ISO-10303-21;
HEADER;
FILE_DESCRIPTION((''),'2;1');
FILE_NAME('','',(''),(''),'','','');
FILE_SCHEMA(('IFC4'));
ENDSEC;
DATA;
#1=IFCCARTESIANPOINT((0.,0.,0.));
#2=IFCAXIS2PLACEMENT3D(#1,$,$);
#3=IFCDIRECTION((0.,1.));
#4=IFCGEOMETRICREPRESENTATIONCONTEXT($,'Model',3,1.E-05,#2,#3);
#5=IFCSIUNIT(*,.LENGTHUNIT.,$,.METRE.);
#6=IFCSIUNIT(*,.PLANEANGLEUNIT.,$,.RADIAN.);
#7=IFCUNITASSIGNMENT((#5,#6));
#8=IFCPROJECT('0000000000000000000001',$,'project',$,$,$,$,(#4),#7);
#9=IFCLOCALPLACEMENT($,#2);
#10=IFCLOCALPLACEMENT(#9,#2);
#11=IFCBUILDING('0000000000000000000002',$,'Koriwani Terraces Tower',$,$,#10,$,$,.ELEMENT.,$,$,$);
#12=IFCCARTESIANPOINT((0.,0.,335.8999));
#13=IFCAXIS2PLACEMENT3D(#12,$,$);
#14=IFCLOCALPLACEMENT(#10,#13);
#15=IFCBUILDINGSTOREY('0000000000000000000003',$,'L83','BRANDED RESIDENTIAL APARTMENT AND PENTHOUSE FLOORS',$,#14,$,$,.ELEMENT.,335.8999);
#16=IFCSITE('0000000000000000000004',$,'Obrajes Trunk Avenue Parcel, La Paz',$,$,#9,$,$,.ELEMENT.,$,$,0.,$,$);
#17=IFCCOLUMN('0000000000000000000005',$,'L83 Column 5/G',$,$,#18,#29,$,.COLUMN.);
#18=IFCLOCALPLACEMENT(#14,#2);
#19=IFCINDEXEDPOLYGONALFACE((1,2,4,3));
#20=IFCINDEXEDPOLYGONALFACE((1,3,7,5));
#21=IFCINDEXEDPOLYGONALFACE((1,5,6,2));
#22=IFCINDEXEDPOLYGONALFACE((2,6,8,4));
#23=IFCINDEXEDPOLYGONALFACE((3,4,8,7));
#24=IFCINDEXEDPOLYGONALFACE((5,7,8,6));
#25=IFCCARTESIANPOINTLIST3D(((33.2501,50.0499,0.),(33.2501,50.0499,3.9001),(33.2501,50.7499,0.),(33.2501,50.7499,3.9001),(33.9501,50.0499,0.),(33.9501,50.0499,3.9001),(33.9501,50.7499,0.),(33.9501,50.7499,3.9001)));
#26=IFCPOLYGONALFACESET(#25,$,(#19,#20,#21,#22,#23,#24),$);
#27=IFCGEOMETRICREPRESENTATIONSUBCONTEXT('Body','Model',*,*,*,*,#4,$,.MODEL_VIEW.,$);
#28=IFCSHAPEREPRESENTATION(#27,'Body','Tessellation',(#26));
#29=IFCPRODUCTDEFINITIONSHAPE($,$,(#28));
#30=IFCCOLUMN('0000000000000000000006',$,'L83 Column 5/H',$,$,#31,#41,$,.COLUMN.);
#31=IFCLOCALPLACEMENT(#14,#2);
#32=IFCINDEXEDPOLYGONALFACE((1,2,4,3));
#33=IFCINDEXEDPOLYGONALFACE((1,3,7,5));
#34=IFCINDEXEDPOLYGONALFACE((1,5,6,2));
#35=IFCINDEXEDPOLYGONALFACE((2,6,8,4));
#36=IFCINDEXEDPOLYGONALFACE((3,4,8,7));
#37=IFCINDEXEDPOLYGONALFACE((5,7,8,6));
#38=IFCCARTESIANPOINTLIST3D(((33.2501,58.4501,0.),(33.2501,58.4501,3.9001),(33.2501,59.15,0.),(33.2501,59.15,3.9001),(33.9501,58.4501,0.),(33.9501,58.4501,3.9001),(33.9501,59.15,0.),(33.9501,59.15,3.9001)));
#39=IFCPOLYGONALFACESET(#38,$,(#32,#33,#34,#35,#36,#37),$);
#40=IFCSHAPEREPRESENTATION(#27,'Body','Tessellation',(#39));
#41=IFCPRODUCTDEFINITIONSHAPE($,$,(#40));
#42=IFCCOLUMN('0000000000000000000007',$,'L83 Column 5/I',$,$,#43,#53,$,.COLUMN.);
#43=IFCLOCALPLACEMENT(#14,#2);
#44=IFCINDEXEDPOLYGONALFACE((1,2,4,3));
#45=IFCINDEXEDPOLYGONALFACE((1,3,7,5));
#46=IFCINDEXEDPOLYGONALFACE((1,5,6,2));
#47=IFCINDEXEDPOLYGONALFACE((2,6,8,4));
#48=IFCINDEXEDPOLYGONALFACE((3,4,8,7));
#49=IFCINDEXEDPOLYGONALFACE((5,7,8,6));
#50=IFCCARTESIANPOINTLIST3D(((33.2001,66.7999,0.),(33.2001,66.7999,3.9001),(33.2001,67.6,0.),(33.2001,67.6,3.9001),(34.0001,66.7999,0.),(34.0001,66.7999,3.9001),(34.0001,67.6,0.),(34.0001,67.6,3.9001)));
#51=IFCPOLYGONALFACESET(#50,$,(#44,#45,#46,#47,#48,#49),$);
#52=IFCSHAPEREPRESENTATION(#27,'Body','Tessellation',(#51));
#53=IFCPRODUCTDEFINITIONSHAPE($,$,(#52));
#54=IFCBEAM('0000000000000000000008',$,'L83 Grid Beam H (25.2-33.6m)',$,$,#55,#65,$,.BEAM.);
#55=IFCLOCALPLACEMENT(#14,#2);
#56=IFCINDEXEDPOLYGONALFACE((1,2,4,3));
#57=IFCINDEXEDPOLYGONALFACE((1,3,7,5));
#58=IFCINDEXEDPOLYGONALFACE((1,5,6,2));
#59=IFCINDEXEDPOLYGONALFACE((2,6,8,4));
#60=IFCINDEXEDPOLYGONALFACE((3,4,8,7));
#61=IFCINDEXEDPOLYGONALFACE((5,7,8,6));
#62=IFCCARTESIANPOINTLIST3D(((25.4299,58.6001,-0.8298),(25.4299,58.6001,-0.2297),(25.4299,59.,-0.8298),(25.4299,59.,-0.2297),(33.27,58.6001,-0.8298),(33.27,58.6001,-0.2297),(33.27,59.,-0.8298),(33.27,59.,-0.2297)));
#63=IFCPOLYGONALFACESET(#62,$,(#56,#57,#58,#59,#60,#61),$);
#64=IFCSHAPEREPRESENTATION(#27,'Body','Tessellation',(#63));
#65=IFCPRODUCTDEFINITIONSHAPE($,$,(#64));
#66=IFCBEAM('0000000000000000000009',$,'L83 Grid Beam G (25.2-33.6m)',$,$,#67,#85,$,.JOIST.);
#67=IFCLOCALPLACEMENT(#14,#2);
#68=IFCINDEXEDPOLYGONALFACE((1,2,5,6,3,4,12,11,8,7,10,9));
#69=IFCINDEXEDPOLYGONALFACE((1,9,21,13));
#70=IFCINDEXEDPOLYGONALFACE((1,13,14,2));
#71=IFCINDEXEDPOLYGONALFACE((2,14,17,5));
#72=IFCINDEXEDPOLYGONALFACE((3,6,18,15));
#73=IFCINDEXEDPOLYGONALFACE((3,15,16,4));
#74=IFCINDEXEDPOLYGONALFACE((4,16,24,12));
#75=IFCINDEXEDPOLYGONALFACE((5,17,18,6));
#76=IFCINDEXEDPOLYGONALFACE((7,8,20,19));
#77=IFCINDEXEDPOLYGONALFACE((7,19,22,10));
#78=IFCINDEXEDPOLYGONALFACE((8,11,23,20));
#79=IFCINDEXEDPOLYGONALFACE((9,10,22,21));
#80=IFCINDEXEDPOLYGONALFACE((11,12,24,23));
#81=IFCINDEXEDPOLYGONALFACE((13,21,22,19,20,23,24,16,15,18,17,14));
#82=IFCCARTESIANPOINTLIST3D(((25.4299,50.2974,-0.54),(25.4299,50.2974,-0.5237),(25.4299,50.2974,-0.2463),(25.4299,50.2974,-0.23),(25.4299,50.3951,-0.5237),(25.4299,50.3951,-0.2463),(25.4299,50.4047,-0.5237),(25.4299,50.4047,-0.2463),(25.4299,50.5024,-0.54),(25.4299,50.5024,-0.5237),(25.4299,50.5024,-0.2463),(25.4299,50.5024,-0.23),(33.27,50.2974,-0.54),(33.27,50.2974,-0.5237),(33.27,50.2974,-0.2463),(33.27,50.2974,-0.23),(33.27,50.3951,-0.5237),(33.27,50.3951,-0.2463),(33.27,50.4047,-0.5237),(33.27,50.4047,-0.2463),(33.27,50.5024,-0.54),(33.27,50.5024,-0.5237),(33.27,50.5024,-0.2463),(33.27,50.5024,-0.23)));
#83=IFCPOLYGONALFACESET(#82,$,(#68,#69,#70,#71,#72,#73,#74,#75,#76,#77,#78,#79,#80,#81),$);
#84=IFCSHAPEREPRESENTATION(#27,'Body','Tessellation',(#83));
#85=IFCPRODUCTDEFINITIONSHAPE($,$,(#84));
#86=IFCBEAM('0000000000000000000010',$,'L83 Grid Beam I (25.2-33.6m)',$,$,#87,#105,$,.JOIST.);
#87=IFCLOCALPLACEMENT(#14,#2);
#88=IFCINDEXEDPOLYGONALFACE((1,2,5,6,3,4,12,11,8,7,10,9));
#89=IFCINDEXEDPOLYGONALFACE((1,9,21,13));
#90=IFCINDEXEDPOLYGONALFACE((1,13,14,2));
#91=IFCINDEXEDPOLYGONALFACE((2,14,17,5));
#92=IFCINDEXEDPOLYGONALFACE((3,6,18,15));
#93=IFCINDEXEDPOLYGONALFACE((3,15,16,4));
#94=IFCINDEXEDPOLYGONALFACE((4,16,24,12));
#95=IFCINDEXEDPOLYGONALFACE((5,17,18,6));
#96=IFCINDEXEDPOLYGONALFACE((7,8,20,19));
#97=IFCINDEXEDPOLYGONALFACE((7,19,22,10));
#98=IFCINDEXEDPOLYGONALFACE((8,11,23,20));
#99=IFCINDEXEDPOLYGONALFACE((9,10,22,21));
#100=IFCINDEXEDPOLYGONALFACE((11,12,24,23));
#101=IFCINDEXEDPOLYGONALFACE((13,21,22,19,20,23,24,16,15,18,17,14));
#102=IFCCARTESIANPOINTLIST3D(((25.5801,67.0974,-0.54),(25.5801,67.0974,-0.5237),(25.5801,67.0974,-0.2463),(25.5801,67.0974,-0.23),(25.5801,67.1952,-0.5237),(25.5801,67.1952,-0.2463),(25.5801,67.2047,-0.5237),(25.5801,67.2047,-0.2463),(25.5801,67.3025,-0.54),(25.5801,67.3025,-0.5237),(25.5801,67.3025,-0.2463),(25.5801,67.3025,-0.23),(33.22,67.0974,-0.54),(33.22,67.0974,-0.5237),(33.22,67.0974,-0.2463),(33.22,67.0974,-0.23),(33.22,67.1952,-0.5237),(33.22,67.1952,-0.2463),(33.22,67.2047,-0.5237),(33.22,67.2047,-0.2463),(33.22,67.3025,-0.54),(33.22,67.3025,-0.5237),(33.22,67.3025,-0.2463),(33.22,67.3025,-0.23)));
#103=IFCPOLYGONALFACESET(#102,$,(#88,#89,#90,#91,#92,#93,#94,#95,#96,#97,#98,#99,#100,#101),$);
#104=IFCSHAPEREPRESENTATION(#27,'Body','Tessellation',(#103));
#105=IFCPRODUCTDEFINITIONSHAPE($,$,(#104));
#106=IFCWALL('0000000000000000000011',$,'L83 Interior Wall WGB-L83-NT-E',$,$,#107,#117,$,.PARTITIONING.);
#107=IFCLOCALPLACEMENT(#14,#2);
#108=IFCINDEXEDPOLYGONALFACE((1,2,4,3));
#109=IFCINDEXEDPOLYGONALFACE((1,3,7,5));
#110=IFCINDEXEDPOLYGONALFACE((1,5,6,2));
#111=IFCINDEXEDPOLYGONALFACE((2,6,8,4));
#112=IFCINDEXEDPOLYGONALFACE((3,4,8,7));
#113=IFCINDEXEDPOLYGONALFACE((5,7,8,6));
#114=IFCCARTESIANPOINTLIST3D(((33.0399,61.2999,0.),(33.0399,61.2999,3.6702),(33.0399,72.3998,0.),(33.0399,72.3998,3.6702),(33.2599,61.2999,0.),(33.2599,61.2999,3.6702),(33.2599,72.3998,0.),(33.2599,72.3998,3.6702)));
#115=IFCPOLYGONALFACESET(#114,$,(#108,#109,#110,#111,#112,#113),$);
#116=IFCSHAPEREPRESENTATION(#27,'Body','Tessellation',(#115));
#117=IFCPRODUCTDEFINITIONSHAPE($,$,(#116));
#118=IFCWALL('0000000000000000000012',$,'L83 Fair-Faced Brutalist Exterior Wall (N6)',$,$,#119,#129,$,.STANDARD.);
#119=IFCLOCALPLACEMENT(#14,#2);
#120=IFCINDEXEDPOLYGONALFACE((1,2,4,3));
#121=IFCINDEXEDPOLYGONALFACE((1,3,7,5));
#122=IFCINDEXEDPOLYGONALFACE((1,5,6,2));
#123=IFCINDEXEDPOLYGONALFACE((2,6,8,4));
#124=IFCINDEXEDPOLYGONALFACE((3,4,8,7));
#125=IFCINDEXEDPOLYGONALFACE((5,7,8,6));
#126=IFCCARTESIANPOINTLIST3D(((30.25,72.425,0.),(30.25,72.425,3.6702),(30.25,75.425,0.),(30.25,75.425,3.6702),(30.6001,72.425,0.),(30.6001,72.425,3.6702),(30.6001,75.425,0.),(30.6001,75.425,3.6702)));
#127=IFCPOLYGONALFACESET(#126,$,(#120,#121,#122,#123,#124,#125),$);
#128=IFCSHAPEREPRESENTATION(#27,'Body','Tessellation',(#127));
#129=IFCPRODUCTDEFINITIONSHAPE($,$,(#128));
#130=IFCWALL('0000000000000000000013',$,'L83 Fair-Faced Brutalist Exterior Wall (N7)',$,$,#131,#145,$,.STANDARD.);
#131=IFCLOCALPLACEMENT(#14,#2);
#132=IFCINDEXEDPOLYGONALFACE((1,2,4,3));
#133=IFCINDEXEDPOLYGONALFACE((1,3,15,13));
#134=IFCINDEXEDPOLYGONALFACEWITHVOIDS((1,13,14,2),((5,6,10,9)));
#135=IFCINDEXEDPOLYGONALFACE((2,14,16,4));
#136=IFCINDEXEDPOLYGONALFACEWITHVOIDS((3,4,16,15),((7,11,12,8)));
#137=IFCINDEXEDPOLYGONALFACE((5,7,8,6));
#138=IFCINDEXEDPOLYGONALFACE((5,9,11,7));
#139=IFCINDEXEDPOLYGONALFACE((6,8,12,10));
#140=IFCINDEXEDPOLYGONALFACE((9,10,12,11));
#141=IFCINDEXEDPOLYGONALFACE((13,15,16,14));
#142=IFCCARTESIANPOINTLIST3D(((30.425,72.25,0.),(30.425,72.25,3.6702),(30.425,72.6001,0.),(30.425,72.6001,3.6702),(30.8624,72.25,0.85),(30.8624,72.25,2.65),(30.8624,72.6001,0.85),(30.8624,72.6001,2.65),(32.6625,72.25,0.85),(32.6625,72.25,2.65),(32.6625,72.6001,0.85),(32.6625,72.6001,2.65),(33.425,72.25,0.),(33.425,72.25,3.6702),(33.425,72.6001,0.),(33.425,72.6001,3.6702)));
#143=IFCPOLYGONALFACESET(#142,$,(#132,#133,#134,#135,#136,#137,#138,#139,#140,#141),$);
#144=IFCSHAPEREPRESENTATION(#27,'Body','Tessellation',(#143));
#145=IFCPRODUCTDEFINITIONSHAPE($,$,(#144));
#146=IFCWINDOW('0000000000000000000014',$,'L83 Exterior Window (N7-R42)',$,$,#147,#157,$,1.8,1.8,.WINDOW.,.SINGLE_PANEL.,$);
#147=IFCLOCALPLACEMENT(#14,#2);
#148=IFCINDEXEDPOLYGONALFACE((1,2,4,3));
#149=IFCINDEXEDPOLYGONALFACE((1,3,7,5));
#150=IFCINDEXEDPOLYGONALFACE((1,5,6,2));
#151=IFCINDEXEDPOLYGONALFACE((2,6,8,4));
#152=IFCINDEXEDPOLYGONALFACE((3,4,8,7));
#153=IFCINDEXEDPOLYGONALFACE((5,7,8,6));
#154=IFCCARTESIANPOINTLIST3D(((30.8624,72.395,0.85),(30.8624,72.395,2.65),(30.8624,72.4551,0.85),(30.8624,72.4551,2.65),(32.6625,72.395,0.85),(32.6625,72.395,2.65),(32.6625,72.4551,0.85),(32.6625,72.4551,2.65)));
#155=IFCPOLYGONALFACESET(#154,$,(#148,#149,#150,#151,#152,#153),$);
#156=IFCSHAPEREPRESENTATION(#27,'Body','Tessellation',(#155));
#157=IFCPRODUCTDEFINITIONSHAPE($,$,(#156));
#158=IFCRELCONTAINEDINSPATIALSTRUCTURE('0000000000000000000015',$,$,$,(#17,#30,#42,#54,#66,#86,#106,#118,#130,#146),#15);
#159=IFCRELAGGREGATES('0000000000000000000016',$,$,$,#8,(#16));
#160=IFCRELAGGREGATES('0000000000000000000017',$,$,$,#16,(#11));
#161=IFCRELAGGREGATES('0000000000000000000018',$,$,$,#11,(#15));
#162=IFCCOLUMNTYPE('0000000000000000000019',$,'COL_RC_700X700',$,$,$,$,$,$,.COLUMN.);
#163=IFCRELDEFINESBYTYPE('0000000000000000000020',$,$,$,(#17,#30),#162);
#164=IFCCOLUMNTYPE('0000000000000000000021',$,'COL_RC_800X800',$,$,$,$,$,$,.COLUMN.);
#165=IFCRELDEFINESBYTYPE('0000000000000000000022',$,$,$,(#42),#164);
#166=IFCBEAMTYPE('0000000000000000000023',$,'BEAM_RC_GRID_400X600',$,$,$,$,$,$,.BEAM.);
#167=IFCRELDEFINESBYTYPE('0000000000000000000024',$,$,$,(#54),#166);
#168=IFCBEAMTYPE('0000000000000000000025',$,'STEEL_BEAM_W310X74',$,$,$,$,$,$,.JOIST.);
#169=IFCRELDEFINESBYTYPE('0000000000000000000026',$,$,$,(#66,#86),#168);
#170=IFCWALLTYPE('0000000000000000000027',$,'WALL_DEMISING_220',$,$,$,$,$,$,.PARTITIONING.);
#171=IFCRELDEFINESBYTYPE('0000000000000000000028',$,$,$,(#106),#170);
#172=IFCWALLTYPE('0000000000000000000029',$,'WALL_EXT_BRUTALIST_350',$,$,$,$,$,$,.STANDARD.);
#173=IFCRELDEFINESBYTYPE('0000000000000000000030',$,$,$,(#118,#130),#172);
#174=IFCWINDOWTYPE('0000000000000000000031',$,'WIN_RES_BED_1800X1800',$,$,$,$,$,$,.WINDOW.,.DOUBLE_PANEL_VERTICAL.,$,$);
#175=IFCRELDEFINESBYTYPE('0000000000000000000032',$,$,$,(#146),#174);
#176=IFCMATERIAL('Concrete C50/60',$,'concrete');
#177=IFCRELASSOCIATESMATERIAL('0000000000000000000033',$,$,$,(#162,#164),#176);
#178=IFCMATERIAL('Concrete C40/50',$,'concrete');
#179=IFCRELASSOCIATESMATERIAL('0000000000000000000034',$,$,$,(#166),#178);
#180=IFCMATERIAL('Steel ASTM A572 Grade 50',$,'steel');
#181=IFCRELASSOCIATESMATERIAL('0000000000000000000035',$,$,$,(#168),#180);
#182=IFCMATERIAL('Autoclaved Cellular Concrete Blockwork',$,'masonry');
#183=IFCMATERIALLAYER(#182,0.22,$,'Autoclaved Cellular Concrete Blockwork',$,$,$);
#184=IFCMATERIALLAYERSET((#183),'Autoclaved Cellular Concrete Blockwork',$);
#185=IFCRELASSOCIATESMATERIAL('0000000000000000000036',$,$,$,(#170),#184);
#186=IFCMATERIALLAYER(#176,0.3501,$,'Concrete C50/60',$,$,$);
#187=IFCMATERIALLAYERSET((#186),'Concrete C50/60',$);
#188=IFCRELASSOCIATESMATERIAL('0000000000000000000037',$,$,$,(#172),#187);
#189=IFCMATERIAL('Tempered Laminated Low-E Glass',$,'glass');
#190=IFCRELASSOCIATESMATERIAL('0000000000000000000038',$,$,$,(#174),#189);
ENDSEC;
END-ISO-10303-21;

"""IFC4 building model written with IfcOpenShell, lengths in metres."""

from ifc_helpers import new_model, si_unit, direction, frame, frame_2d, origin, origin_2d, place, context, subcontext, project, spatial, rectangle, i_section, extrude, material, layer, layer_set, material_profile, profile_set, type_object, element, fill, save


model = new_model("IFC4")

# Units and contexts
model_context = context("Model", 3, precision=1e-05, world=origin(), true_north=direction((0.0, 1.0)))
body_context = subcontext(model_context, "Body", "Model", "MODEL_VIEW")
ifc_project = project(units=[si_unit("LENGTHUNIT", "METRE"), si_unit("PLANEANGLEUNIT", "RADIAN")], contexts=[model_context])

# Site, building, storey
site_placement = place(None, origin())
site = spatial("IfcSite", under=ifc_project, at=site_placement, Name="Obrajes Trunk Avenue Parcel, La Paz", CompositionType="ELEMENT", RefElevation=0.0)
building_placement = place(site_placement, origin())
building = spatial("IfcBuilding", under=site, at=building_placement, Name="Koriwani Terraces Tower", CompositionType="ELEMENT")
storey_placement = place(building_placement, frame((0.0, 0.0, 335.8999)))
storey = spatial("IfcBuildingStorey", under=building, at=storey_placement, Name="L83", Description="BRANDED RESIDENTIAL APARTMENT AND PENTHOUSE FLOORS", CompositionType="ELEMENT", Elevation=335.8999)

# Columns
ifc_material_1 = material(Name="Concrete C50/60", Category="concrete")
ifc_material_profile_1 = material_profile(ifc_material_1, rectangle(XDim=0.7, YDim=0.7, at=origin_2d()), Name="Concrete C50/60", Category="LoadBearing")
ifc_profile_set_1 = profile_set([ifc_material_profile_1], Name="Concrete C50/60")
column_type_1 = type_object("IfcColumnType", Name="COL_RC_700X700", PredefinedType="COLUMN", material=ifc_profile_set_1)
for number, where, z_axis, x_axis, name in (
    (1, (33.6001, 50.3999, 0.0), (0.0, 0.0, 1.0), (1.0, 0.0, 0.0), "L83 Column 5/G"),
    (2, (33.6001, 58.8, 0.0), (0.0, 0.0, 1.0), (1.0, 0.0, 0.0), "L83 Column 5/H"),
):
    element("IfcColumn", number, at=place(storey_placement, frame(where, z_axis=z_axis, x_axis=x_axis)), inside=storey, type_object=column_type_1, Name=name, PredefinedType="COLUMN", context=body_context, shape_type="SweptSolid", body=[
        extrude(rectangle(XDim=0.7, YDim=0.7, at=origin_2d()), origin(), (0.0, 0.0, 1.0), 3.9001),
    ])
ifc_material_profile_2 = material_profile(ifc_material_1, rectangle(XDim=0.8, YDim=0.8, at=origin_2d()), Name="Concrete C50/60", Category="LoadBearing")
ifc_profile_set_2 = profile_set([ifc_material_profile_2], Name="Concrete C50/60")
column_type_2 = type_object("IfcColumnType", Name="COL_RC_800X800", PredefinedType="COLUMN", material=ifc_profile_set_2)
column_placement = place(storey_placement, frame((33.6001, 67.2, 0.0), z_axis=(0.0, 0.0, 1.0), x_axis=(1.0, 0.0, 0.0)))
element("IfcColumn", 3, at=column_placement, inside=storey, type_object=column_type_2, Name="L83 Column 5/I", PredefinedType="COLUMN", context=body_context, shape_type="SweptSolid", body=[
    extrude(rectangle(XDim=0.8, YDim=0.8, at=origin_2d()), origin(), (0.0, 0.0, 1.0), 3.9001),
])

# Beams
ifc_material_2 = material(Name="Concrete C40/50", Category="concrete")
ifc_material_profile_3 = material_profile(ifc_material_2, rectangle(XDim=0.3999, YDim=0.6001, at=origin_2d()), Name="Concrete C40/50", Category="LoadBearing")
ifc_profile_set_3 = profile_set([ifc_material_profile_3], Name="Concrete C40/50")
beam_type_1 = type_object("IfcBeamType", Name="BEAM_RC_GRID_400X600", PredefinedType="BEAM", material=ifc_profile_set_3)
beam_1_placement = place(storey_placement, frame((25.4299, 58.8, -0.5298), z_axis=(1.0, 0.0, 0.0), x_axis=(0.0, 1.0, 0.0)))
element("IfcBeam", 4, at=beam_1_placement, inside=storey, type_object=beam_type_1, Name="L83 Grid Beam H (25.2-33.6m)", PredefinedType="BEAM", context=body_context, shape_type="SweptSolid", body=[
    extrude(rectangle(XDim=0.3999, YDim=0.6001, at=origin_2d()), origin(), (0.0, 0.0, 1.0), 7.8401),
])
ifc_material_3 = material(Name="Steel ASTM A572 Grade 50", Category="steel")
ifc_material_profile_4 = material_profile(ifc_material_3, i_section(OverallWidth=0.2051, OverallDepth=0.3101, WebThickness=0.0095, FlangeThickness=0.0164, at=origin_2d()), Name="Steel ASTM A572 Grade 50", Category="LoadBearing")
ifc_profile_set_4 = profile_set([ifc_material_profile_4], Name="Steel ASTM A572 Grade 50")
beam_type_2 = type_object("IfcBeamType", Name="STEEL_BEAM_W310X74", PredefinedType="JOIST", material=ifc_profile_set_4)
beam_2_placement = place(storey_placement, frame((25.4299, 50.3999, -0.385), z_axis=(1.0, 0.0, 0.0), x_axis=(0.0, 1.0, 0.0)))
element("IfcBeam", 5, at=beam_2_placement, inside=storey, type_object=beam_type_2, Name="L83 Grid Beam G (25.2-33.6m)", PredefinedType="JOIST", context=body_context, shape_type="SweptSolid", body=[
    extrude(i_section(OverallWidth=0.2051, OverallDepth=0.3101, WebThickness=0.0095, FlangeThickness=0.0164, at=origin_2d()), origin(), (0.0, 0.0, 1.0), 7.8401),
])
beam_3_placement = place(storey_placement, frame((25.5801, 67.2, -0.385), z_axis=(1.0, 0.0, 0.0), x_axis=(0.0, 1.0, 0.0)))
element("IfcBeam", 6, at=beam_3_placement, inside=storey, type_object=beam_type_2, Name="L83 Grid Beam I (25.2-33.6m)", PredefinedType="JOIST", context=body_context, shape_type="SweptSolid", body=[
    extrude(i_section(OverallWidth=0.2051, OverallDepth=0.3101, WebThickness=0.0095, FlangeThickness=0.0164, at=origin_2d()), origin(), (0.0, 0.0, 1.0), 7.6399),
])

# Walls
ifc_material_4 = material(Name="Autoclaved Cellular Concrete Blockwork", Category="masonry")
ifc_layer_1 = layer(ifc_material_4, 0.22, Name="Autoclaved Cellular Concrete Blockwork")
ifc_layer_set_1 = layer_set([ifc_layer_1], Name="Autoclaved Cellular Concrete Blockwork")
wall_type_1 = type_object("IfcWallType", Name="WALL_DEMISING_220", PredefinedType="PARTITIONING", material=ifc_layer_set_1)
wall_1_placement = place(storey_placement, frame((33.1499, 61.3, 0.0), z_axis=(0.0, 0.0, 1.0), x_axis=(0.0, 1.0, 0.0)))
element("IfcWall", 7, at=wall_1_placement, inside=storey, type_object=wall_type_1, Name="L83 Interior Wall WGB-L83-NT-E", PredefinedType="PARTITIONING", context=body_context, shape_type="SweptSolid", body=[
    extrude(rectangle(XDim=11.0999, YDim=0.22, at=frame_2d((5.5498, 0.0))), origin(), (0.0, 0.0, 1.0), 3.6702),
])
ifc_layer_2 = layer(ifc_material_1, 0.3501, Name="Concrete C50/60")
ifc_layer_set_2 = layer_set([ifc_layer_2], Name="Concrete C50/60")
wall_type_2 = type_object("IfcWallType", Name="WALL_EXT_BRUTALIST_350", PredefinedType="STANDARD", material=ifc_layer_set_2)
wall_2_placement = place(storey_placement, frame((30.425, 75.425, 0.0), z_axis=(0.0, 0.0, 1.0), x_axis=(0.0, -1.0, 0.0)))
element("IfcWall", 8, at=wall_2_placement, inside=storey, type_object=wall_type_2, Name="L83 Fair-Faced Brutalist Exterior Wall (N6)", PredefinedType="STANDARD", context=body_context, shape_type="SweptSolid", body=[
    extrude(rectangle(XDim=3.0, YDim=0.3501, at=frame_2d((1.5, 0.0))), origin(), (0.0, 0.0, 1.0), 3.6702),
])

# Wall, opening, window
wall_3_placement = place(storey_placement, frame((30.425, 72.425, 0.0), z_axis=(0.0, 0.0, 1.0), x_axis=(1.0, 0.0, 0.0)))
wall_3 = element("IfcWall", 9, at=wall_3_placement, inside=storey, type_object=wall_type_2, Name="L83 Fair-Faced Brutalist Exterior Wall (N7)", PredefinedType="STANDARD", context=body_context, shape_type="SweptSolid", body=[
    extrude(rectangle(XDim=3.0, YDim=0.3501, at=frame_2d((1.5, 0.0))), origin(), (0.0, 0.0, 1.0), 3.6702),
])
opening_1_placement = place(wall_3_placement, frame((0.4375, 0.0, 0.8501)))
opening_1 = element("IfcOpeningElement", 10, at=opening_1_placement, cuts=wall_3, PredefinedType="OPENING", context=body_context, shape_type="SweptSolid", body=[
    extrude(rectangle(XDim=1.8, YDim=1.8, at=frame_2d((0.8999, 0.8999))), frame((0.0, 0.1851, 0.0), z_axis=(0.0, -1.0, 0.0), x_axis=(1.0, 0.0, 0.0)), (0.0, 0.0, 1.0), 0.3701),
])
ifc_material_5 = material(Name="Tempered Laminated Low-E Glass", Category="glass")
window_type_1 = type_object("IfcWindowType", Name="WIN_RES_BED_1800X1800", PartitioningType="DOUBLE_PANEL_VERTICAL", PredefinedType="WINDOW", material=ifc_material_5)
window_1_placement = place(opening_1_placement, origin())
window_1 = element("IfcWindow", 11, at=window_1_placement, inside=storey, type_object=window_type_1, Name="L83 Exterior Window (N7-R42)", OverallHeight=1.8, OverallWidth=1.8, PartitioningType="SINGLE_PANEL", PredefinedType="WINDOW", context=body_context, shape_type="SweptSolid", body=[
    extrude(rectangle(XDim=1.8, YDim=1.8, at=frame_2d((0.8999, 0.8999))), frame((0.0, 0.03, 0.0), z_axis=(0.0, -1.0, 0.0), x_axis=(1.0, 0.0, 0.0)), (0.0, 0.0, 1.0), 0.0601),
])
fill(opening_1, window_1)

save(model, "model.ifc")
